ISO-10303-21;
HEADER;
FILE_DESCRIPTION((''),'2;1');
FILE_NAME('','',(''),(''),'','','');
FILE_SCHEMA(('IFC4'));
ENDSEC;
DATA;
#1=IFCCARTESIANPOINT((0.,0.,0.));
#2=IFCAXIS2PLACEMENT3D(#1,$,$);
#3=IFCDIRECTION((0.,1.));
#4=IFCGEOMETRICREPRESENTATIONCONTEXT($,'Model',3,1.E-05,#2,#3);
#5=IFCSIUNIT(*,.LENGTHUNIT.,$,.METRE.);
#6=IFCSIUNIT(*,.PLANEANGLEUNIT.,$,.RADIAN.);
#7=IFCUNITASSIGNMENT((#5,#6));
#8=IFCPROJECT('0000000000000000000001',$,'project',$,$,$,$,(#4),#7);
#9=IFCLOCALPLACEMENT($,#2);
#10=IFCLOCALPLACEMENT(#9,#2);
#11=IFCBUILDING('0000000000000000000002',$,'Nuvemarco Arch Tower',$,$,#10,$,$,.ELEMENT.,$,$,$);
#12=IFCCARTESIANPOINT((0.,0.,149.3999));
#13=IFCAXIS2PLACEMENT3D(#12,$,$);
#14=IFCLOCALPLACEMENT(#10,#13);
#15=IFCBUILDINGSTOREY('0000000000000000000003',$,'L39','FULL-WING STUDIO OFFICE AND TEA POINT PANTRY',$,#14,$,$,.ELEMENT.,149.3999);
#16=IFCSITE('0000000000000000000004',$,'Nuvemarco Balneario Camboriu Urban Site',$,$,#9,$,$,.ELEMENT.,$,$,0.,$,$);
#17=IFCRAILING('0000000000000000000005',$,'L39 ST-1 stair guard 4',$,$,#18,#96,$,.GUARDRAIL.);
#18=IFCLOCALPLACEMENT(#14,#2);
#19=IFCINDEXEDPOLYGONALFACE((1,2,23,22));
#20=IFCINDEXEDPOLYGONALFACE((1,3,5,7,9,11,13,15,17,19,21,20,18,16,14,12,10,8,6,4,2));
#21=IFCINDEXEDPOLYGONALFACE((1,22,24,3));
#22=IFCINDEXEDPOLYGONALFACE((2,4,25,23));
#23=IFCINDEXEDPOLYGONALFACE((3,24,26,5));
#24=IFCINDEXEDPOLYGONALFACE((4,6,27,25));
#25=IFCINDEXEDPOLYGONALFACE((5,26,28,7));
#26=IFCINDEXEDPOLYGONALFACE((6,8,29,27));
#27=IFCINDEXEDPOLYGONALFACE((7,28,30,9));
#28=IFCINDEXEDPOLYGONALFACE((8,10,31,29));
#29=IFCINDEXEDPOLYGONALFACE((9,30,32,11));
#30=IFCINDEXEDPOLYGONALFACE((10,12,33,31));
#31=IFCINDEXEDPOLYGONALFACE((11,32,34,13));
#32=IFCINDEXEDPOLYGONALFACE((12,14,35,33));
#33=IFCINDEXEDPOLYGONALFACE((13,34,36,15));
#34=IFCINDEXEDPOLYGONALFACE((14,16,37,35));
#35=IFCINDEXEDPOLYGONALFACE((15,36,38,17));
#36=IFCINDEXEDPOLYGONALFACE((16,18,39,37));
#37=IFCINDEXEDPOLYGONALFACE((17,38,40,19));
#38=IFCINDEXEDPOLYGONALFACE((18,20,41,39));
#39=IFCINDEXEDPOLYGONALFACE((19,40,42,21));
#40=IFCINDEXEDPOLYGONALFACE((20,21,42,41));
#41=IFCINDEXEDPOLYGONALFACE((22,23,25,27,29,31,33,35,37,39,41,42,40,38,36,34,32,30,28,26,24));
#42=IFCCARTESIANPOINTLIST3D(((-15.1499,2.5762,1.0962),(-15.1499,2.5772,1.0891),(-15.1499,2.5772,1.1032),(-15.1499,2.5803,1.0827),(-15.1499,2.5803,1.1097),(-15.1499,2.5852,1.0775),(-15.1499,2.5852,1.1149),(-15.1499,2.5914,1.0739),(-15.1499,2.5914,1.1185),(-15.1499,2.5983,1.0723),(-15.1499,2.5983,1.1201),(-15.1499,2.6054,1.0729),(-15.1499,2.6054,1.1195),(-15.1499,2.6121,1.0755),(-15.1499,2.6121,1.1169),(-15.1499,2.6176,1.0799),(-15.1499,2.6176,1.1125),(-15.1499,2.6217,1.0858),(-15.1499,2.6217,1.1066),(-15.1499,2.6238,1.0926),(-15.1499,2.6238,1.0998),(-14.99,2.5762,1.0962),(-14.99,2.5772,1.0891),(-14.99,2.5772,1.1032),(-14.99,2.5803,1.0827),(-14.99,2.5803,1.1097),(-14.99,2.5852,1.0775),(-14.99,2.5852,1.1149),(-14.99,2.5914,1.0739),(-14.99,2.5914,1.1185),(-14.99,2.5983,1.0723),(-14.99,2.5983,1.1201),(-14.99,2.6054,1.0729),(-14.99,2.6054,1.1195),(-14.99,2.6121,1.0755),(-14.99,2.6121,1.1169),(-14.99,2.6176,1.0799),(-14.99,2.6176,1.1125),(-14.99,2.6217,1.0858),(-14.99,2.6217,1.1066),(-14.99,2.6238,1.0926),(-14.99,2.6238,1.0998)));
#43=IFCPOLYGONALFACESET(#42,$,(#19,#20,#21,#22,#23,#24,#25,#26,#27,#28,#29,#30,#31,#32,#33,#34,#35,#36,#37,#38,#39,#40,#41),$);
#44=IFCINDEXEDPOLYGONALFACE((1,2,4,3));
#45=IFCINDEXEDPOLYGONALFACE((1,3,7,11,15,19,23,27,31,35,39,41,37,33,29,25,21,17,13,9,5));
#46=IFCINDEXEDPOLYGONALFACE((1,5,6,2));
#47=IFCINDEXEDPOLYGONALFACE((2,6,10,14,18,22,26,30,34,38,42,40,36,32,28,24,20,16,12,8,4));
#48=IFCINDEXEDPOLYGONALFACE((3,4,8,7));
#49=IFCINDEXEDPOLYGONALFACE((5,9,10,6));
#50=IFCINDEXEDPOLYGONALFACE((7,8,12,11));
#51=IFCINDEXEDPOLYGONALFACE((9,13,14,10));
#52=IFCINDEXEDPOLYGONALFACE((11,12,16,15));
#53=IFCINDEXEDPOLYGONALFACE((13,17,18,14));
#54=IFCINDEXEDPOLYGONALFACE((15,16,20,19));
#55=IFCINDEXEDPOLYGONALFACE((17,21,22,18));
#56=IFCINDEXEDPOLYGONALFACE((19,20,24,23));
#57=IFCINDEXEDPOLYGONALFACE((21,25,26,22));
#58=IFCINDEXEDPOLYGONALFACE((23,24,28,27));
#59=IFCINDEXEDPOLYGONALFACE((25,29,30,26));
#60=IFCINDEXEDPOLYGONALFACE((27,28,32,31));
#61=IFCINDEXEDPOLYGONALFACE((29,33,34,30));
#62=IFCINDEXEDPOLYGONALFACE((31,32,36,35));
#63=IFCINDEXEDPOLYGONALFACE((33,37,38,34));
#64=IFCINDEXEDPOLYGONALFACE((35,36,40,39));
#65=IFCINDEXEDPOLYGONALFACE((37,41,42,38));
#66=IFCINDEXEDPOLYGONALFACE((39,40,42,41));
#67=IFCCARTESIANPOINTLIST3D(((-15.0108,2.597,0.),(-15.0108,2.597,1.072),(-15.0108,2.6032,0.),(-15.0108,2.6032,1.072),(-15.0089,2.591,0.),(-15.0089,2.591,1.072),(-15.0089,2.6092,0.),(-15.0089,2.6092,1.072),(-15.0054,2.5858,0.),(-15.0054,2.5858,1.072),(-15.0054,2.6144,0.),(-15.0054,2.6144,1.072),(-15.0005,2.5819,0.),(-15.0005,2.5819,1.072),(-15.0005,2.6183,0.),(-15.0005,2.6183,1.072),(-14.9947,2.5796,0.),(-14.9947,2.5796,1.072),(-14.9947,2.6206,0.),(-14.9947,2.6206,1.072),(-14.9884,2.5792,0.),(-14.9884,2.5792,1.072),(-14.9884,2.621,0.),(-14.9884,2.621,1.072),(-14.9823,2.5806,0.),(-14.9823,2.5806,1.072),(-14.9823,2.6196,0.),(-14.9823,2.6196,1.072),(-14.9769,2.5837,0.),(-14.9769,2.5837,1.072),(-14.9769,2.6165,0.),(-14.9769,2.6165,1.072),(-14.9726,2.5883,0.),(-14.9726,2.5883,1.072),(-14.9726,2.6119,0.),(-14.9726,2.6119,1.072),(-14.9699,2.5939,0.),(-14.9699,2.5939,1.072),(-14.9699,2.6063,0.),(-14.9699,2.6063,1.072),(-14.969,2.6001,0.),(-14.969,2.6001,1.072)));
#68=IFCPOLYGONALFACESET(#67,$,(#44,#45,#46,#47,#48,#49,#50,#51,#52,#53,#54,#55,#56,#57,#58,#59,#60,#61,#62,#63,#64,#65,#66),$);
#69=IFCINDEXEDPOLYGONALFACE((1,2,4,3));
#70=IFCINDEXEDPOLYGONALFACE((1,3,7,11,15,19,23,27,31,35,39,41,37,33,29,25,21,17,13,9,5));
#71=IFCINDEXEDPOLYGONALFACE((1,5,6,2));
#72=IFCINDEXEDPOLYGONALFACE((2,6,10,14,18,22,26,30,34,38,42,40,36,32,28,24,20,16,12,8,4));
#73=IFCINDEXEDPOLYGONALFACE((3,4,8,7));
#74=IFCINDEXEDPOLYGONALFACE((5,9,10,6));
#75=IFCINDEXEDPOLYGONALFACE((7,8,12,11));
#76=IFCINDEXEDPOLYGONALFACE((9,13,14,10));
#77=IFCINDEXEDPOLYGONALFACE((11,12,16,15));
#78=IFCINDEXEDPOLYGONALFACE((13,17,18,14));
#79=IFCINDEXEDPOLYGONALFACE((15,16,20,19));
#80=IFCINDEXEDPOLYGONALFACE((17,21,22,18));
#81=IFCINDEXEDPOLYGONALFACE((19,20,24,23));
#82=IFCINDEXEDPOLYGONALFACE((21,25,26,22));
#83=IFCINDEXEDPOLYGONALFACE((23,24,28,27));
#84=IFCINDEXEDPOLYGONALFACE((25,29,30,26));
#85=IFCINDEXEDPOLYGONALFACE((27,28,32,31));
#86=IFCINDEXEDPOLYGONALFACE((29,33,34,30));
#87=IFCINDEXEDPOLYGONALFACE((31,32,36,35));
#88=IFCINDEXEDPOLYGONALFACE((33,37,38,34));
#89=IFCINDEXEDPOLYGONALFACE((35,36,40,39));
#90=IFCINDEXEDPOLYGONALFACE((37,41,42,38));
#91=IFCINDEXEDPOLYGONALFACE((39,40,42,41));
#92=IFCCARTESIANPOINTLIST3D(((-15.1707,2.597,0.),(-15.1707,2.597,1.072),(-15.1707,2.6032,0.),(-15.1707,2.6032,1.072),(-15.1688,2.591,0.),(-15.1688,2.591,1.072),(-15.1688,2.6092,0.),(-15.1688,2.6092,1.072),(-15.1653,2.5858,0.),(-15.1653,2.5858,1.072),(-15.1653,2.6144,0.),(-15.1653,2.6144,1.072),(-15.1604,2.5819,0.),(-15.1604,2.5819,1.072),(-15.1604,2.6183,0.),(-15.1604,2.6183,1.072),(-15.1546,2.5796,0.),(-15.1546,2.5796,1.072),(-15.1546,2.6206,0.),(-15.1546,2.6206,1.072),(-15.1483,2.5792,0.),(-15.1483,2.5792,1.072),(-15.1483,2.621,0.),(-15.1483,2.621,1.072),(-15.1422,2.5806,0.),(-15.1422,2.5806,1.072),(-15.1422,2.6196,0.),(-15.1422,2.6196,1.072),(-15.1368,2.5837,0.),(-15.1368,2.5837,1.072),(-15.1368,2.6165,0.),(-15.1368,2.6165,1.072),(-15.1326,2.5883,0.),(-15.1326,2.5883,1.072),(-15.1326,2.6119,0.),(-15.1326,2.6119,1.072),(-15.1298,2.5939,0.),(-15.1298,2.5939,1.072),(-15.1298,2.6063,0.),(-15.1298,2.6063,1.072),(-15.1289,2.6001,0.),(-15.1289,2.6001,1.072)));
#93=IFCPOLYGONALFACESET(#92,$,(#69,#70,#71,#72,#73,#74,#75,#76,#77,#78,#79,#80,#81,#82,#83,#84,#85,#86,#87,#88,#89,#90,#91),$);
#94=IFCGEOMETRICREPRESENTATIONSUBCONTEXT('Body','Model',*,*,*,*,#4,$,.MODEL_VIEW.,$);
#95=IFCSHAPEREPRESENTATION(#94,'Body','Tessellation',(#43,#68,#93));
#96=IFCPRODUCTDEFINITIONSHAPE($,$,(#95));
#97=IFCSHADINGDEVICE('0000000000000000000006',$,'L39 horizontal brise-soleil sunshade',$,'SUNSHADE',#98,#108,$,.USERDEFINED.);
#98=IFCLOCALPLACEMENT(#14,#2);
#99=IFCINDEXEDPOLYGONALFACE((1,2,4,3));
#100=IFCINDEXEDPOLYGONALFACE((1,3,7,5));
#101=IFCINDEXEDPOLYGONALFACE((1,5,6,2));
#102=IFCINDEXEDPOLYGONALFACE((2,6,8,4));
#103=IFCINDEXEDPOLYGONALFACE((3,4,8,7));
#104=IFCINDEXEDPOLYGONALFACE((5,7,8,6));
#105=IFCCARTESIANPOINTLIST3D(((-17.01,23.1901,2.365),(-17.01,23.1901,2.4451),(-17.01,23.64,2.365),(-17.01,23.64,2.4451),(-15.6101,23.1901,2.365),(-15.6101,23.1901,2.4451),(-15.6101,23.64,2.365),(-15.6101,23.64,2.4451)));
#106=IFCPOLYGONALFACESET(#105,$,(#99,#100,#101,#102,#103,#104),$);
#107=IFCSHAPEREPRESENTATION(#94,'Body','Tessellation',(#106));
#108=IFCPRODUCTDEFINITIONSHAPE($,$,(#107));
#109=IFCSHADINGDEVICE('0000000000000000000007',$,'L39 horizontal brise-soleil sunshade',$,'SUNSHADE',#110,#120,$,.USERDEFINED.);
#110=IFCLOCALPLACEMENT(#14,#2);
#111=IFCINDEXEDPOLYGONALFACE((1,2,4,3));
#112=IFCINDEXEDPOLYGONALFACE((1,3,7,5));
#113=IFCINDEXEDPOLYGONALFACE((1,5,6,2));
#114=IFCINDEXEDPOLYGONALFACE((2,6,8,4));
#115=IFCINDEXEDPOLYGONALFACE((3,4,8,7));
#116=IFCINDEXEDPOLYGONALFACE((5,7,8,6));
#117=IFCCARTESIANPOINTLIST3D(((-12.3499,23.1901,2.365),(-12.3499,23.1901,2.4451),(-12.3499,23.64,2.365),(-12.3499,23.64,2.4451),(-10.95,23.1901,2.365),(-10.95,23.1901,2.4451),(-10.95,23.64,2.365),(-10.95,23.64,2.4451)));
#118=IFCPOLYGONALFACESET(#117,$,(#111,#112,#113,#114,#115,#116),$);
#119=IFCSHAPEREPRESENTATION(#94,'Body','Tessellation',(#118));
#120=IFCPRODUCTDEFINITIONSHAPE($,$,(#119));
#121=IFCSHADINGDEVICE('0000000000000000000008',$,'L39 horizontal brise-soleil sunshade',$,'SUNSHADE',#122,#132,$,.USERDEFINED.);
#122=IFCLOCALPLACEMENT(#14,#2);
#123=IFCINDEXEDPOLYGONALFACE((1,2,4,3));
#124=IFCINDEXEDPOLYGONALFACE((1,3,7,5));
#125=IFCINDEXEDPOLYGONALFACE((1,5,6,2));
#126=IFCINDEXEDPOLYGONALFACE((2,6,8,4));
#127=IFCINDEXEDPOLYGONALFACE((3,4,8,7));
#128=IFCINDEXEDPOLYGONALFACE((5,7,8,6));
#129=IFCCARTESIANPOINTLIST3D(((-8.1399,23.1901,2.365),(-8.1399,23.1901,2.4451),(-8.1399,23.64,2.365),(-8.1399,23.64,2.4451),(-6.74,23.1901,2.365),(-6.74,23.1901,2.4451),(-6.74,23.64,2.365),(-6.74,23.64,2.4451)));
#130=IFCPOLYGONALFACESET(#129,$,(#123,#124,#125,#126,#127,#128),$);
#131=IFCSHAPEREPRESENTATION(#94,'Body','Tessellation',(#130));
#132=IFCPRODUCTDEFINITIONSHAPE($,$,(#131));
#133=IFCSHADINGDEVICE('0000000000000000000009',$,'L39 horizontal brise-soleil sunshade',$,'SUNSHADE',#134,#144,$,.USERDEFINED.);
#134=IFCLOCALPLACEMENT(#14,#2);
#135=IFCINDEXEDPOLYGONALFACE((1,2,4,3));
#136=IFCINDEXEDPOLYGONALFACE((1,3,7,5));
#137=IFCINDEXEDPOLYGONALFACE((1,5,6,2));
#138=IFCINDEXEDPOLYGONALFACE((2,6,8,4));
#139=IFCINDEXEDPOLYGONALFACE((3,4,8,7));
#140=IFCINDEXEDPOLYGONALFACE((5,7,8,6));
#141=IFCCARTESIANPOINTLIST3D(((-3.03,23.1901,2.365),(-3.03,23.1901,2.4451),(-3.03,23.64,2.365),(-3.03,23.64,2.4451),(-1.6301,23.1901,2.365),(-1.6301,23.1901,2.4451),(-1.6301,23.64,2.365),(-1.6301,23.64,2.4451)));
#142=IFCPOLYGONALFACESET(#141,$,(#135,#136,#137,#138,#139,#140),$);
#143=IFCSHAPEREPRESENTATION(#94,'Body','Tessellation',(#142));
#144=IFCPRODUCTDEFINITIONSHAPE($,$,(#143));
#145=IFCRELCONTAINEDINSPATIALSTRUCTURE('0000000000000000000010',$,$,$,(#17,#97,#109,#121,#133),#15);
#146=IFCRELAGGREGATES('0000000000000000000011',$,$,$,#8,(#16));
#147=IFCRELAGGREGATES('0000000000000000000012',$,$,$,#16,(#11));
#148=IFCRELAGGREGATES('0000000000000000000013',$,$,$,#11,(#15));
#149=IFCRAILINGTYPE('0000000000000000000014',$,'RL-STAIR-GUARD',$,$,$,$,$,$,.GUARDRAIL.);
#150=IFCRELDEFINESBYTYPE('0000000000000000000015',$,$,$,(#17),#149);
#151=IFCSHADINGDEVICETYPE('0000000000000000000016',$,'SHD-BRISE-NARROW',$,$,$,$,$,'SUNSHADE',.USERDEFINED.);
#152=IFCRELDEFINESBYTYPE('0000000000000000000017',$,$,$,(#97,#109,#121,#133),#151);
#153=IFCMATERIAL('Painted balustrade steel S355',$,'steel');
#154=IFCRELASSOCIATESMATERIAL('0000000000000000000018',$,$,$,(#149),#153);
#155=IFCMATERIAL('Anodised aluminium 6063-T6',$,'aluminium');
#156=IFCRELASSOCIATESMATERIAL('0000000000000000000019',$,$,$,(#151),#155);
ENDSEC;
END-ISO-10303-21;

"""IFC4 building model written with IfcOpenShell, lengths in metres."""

from ifc_helpers import new_model, si_unit, direction, frame, origin, origin_2d, place, context, subcontext, project, spatial, rectangle, circle, extrude, source, transform, mapped, material, type_object, type_shapes, element, save


model = new_model("IFC4")

# Units and contexts
model_context = context("Model", 3, precision=1e-05, world=origin(), true_north=direction((0.0, 1.0)))
body_context = subcontext(model_context, "Body", "Model", "MODEL_VIEW")
ifc_project = project(units=[si_unit("LENGTHUNIT", "METRE"), si_unit("PLANEANGLEUNIT", "RADIAN")], contexts=[model_context])

# Site, building, storey
site_placement = place(None, origin())
site = spatial("IfcSite", under=ifc_project, at=site_placement, Name="Nuvemarco Balneario Camboriu Urban Site", CompositionType="ELEMENT", RefElevation=0.0)
building_placement = place(site_placement, origin())
building = spatial("IfcBuilding", under=site, at=building_placement, Name="Nuvemarco Arch Tower", CompositionType="ELEMENT")
storey_placement = place(building_placement, frame((0.0, 0.0, 149.3999)))
storey = spatial("IfcBuildingStorey", under=building, at=storey_placement, Name="L39", Description="FULL-WING STUDIO OFFICE AND TEA POINT PANTRY", CompositionType="ELEMENT", Elevation=149.3999)

# Railing
ifc_material_1 = material(Name="Painted balustrade steel S355", Category="steel")
railing_type_1 = type_object("IfcRailingType", Name="RL-STAIR-GUARD", PredefinedType="GUARDRAIL", material=ifc_material_1)
railing_1_placement = place(storey_placement, frame((-14.99, 2.6001, 0.0)))
element("IfcRailing", 1, at=railing_1_placement, inside=storey, type_object=railing_type_1, Name="L39 ST-1 stair guard 4", PredefinedType="GUARDRAIL", context=body_context, shape_type="SweptSolid", body=[
    extrude(circle(Radius=0.0239, at=origin_2d()), frame((0.0, 0.0, 1.0962), z_axis=(-1.0, 0.0, 0.0), x_axis=(0.0, -1.0, 0.0)), (0.0, 0.0, 1.0), 0.1599),
    extrude(circle(Radius=0.021, at=origin_2d()), origin(), (0.0, 0.0, 1.0), 1.072),
    extrude(circle(Radius=0.021, at=origin_2d()), frame((-0.1599, 0.0, 0.0)), (0.0, 0.0, 1.0), 1.072),
])

# Shading devices
ifc_material_2 = material(Name="Anodised aluminium 6063-T6", Category="aluminium")
shading_device_type = type_object("IfcShadingDeviceType", Name="SHD-BRISE-NARROW", ElementType="SUNSHADE", PredefinedType="USERDEFINED", material=ifc_material_2)
shared_shape_1 = source(origin(), body_context, "Body", "SweptSolid", [
    extrude(rectangle(XDim=1.3999, YDim=0.45, at=origin_2d()), origin(), (0.0, 0.0, 1.0), 0.0801),
])
type_shapes(shading_device_type, [shared_shape_1])
for number, where, z_axis, x_axis, name in (
    (2, (-16.3101, 23.415, 2.365), (0.0, 0.0, 1.0), (1.0, 0.0, 0.0), "L39 horizontal brise-soleil sunshade"),
    (3, (-11.6499, 23.415, 2.365), (0.0, 0.0, 1.0), (1.0, 0.0, 0.0), "L39 horizontal brise-soleil sunshade"),
    (4, (-7.4399, 23.415, 2.365), (0.0, 0.0, 1.0), (1.0, 0.0, 0.0), "L39 horizontal brise-soleil sunshade"),
    (5, (-2.3301, 23.415, 2.365), (0.0, 0.0, 1.0), (1.0, 0.0, 0.0), "L39 horizontal brise-soleil sunshade"),
):
    element("IfcShadingDevice", number, at=place(storey_placement, frame(where, z_axis=z_axis, x_axis=x_axis)), inside=storey, type_object=shading_device_type, Name=name, ObjectType="SUNSHADE", PredefinedType="USERDEFINED", context=body_context, shape_type="MappedRepresentation", body=[
        mapped(shared_shape_1, transform((0.0, 0.0, 0.0), scale=1.0)),
    ])

save(model, "model.ifc")
